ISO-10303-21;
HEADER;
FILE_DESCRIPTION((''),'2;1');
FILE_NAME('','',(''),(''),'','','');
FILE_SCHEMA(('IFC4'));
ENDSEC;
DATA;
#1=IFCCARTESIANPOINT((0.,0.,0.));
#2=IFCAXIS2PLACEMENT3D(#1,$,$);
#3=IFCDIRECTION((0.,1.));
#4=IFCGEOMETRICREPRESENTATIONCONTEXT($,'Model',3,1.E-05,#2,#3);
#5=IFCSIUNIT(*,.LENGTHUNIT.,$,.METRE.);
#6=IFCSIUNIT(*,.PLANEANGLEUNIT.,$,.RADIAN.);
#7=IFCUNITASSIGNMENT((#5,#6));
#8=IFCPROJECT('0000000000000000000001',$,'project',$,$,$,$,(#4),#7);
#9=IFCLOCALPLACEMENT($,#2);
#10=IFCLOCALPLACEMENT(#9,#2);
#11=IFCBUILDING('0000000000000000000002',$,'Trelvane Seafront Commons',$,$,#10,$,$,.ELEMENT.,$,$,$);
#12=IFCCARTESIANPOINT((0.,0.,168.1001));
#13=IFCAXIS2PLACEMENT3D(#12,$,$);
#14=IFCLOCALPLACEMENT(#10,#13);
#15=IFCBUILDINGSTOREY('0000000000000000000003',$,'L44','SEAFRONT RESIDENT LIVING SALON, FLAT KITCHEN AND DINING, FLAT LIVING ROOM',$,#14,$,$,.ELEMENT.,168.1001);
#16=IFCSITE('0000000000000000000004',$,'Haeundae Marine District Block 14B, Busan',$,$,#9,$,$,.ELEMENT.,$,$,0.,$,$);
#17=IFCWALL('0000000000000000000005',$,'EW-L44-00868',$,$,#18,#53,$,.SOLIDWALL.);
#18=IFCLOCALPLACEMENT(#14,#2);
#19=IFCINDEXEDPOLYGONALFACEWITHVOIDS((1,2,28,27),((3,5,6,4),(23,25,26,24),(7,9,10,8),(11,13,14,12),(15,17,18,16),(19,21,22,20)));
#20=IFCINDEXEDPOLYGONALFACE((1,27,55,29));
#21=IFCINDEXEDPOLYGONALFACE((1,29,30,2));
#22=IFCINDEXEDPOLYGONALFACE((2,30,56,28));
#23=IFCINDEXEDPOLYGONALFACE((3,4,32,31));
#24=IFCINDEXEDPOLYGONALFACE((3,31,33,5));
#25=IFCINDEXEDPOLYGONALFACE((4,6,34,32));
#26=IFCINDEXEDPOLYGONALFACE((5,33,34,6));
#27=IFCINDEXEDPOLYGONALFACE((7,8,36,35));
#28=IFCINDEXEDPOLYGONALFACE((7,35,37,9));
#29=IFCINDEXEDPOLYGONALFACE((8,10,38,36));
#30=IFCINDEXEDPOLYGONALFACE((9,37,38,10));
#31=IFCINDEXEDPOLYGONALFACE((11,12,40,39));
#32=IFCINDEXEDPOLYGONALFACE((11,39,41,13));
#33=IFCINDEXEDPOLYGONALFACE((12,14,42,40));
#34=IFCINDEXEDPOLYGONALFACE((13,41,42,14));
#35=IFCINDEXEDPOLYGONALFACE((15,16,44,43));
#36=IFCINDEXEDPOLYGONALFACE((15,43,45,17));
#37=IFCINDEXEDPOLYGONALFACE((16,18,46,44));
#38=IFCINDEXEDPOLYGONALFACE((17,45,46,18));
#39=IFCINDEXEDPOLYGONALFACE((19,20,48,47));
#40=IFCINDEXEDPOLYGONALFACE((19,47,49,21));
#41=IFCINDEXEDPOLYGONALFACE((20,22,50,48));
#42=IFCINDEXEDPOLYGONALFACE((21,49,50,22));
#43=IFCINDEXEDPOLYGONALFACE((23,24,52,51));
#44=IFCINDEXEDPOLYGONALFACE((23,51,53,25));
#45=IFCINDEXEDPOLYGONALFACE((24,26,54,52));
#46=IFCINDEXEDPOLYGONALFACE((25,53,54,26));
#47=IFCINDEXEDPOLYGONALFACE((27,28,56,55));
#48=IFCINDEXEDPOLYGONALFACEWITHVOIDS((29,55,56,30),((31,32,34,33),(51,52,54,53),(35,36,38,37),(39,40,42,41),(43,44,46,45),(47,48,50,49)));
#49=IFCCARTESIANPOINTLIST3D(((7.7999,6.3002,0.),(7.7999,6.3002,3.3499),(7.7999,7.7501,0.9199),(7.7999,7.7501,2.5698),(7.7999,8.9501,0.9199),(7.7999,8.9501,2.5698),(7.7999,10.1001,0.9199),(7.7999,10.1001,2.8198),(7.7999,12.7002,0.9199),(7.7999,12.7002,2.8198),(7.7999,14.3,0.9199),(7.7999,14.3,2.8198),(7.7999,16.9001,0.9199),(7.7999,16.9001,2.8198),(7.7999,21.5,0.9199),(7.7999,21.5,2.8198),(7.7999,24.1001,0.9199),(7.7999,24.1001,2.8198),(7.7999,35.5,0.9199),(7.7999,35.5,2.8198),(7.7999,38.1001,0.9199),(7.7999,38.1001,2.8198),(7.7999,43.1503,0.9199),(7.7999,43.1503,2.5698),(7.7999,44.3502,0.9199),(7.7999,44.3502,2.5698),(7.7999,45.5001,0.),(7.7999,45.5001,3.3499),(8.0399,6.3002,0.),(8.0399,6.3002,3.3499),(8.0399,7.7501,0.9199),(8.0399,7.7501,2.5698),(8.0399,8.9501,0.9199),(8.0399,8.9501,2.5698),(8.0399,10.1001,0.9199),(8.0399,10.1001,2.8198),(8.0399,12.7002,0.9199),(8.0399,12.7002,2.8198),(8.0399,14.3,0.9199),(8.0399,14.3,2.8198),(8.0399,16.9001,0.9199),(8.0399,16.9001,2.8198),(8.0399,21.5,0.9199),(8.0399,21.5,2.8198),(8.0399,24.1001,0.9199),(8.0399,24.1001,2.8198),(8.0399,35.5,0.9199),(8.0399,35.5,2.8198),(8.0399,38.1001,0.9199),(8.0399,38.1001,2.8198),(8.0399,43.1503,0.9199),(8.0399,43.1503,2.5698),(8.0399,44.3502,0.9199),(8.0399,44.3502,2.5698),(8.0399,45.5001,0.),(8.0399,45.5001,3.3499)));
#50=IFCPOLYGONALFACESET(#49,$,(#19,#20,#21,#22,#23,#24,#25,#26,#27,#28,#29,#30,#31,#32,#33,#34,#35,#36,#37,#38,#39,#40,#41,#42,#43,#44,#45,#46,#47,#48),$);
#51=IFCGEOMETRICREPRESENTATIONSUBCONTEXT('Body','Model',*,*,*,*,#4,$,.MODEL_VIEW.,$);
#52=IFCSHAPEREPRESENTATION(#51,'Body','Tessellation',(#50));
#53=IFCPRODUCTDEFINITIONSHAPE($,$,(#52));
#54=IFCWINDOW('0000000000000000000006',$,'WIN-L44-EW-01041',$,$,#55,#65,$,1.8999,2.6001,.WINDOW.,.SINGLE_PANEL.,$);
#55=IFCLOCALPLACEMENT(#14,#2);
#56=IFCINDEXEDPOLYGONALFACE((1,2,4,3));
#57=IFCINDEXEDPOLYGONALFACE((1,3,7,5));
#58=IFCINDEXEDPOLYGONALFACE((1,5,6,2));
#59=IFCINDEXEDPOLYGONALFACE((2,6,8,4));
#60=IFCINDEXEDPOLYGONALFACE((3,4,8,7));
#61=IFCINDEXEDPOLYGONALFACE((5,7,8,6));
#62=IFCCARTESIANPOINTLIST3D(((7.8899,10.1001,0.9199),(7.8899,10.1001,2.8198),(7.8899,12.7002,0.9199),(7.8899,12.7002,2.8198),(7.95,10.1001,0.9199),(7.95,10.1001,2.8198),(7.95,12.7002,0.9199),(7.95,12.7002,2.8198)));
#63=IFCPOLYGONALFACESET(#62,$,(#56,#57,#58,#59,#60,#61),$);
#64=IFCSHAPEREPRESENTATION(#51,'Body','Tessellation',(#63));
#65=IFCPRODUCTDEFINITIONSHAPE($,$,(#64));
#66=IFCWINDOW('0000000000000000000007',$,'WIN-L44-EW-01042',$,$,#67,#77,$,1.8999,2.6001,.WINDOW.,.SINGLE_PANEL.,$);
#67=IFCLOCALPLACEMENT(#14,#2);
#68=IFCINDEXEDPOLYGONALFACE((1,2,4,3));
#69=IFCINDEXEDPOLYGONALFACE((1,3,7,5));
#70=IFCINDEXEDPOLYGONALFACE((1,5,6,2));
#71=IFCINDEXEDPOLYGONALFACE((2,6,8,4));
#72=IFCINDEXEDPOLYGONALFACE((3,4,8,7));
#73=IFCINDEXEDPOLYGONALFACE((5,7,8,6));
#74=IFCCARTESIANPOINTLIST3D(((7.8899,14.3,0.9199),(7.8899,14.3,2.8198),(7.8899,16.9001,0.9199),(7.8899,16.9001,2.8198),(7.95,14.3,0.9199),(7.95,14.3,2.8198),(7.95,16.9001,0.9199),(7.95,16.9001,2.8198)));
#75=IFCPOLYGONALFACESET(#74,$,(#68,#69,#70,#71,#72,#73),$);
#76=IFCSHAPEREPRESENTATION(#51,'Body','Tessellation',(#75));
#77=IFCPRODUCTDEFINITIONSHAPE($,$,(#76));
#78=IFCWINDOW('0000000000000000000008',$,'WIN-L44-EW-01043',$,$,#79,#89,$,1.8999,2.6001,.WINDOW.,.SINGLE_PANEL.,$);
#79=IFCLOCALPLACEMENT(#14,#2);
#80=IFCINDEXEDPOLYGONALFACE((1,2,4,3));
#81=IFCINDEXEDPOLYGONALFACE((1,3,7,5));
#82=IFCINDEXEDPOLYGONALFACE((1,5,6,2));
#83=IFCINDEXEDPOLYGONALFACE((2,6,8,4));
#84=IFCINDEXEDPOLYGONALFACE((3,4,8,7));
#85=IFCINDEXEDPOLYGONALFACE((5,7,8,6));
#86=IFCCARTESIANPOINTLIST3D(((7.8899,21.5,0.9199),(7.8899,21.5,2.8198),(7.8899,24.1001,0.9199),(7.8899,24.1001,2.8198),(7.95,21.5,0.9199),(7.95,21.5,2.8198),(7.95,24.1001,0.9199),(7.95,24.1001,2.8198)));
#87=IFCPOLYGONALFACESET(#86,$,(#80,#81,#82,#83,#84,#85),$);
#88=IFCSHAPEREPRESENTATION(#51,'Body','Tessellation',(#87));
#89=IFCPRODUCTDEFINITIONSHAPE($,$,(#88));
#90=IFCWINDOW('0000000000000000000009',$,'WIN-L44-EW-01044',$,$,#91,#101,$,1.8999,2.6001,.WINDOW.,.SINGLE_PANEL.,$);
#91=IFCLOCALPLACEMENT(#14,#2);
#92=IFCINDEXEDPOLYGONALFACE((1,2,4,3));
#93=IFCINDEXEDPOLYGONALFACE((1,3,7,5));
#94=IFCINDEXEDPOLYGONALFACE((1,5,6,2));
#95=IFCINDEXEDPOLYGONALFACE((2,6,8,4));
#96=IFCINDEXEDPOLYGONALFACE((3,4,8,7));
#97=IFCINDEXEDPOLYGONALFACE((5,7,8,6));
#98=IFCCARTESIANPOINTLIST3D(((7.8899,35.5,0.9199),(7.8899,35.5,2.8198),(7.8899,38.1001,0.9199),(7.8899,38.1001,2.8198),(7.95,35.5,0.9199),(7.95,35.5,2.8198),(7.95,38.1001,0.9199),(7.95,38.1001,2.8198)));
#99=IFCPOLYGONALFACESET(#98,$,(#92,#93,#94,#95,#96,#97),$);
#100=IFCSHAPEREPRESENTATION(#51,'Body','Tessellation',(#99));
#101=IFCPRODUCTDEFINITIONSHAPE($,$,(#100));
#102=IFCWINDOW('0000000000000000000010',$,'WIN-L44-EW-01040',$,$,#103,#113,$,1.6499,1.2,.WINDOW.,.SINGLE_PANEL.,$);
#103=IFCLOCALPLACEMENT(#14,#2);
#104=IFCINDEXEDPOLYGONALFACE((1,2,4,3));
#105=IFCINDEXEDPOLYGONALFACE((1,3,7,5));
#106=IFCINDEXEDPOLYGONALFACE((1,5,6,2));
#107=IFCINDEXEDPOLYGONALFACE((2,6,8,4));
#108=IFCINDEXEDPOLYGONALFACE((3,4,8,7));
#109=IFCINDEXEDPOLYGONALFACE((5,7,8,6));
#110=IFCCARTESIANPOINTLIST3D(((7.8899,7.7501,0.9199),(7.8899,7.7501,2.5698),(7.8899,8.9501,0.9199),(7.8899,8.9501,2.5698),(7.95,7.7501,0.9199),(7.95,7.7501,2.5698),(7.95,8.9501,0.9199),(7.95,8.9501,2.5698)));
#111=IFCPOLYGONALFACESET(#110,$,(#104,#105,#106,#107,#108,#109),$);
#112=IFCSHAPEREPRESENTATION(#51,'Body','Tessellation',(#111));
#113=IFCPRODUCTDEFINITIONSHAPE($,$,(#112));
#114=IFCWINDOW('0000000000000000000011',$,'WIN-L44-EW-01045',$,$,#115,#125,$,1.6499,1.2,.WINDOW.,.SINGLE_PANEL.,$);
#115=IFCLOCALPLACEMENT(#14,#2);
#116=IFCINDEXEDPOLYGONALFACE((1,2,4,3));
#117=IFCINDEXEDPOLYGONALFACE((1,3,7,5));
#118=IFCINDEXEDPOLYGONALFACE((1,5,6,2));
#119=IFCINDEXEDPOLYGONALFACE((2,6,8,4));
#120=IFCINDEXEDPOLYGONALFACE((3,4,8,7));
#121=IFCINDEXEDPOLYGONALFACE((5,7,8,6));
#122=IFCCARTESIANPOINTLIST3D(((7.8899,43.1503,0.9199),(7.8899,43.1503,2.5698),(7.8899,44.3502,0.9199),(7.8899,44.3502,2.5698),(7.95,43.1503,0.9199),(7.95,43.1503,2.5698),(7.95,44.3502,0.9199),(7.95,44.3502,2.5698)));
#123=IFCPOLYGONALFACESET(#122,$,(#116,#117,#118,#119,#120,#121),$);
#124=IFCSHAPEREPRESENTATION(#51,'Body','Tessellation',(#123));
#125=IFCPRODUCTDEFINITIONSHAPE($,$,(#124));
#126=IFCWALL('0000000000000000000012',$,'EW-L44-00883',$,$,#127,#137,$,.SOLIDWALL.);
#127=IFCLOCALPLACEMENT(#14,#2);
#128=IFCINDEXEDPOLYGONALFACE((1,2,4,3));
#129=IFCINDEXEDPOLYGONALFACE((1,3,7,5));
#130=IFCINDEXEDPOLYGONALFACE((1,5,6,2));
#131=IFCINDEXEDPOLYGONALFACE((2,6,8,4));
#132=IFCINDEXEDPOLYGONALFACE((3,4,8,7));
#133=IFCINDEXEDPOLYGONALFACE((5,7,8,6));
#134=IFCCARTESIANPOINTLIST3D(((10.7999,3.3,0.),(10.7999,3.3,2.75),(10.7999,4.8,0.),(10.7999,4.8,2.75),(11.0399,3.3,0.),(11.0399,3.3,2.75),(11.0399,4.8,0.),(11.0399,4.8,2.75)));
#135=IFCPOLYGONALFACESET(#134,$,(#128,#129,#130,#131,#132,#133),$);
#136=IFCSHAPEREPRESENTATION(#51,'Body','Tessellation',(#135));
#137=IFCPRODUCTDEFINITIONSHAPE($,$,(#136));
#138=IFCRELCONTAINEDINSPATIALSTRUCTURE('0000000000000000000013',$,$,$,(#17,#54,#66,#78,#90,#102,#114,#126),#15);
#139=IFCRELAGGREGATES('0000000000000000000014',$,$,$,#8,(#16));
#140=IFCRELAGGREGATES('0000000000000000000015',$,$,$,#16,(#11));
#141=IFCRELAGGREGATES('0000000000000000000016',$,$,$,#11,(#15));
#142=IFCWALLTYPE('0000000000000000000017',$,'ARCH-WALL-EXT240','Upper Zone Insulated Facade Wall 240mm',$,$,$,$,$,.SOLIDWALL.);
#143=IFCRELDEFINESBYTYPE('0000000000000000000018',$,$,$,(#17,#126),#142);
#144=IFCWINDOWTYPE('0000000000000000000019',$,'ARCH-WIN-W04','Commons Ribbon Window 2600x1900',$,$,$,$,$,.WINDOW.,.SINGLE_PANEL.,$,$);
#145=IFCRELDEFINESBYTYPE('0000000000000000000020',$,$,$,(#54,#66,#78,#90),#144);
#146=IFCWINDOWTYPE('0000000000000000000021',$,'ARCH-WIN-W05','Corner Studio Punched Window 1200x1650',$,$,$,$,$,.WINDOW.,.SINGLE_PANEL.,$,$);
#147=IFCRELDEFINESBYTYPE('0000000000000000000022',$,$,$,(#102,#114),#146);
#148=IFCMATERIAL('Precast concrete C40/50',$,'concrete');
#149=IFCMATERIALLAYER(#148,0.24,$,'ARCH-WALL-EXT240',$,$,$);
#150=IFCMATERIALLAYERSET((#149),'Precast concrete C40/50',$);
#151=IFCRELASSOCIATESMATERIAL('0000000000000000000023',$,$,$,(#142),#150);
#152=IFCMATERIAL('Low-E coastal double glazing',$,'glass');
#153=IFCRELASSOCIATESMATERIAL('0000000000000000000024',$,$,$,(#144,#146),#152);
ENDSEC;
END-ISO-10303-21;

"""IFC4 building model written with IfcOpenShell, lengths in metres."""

from ifc_helpers import new_model, si_unit, direction, frame, frame_2d, origin, place, context, subcontext, project, spatial, rectangle, extrude, source, transform, mapped, material, layer, layer_set, type_object, element, fill, save


model = new_model("IFC4")

# Units and contexts
model_context = context("Model", 3, precision=1e-05, world=origin(), true_north=direction((0.0, 1.0)))
body_context = subcontext(model_context, "Body", "Model", "MODEL_VIEW")
ifc_project = project(units=[si_unit("LENGTHUNIT", "METRE"), si_unit("PLANEANGLEUNIT", "RADIAN")], contexts=[model_context])

# Site, building, storey
site_placement = place(None, origin())
site = spatial("IfcSite", under=ifc_project, at=site_placement, Name="Haeundae Marine District Block 14B, Busan", CompositionType="ELEMENT", RefElevation=0.0)
building_placement = place(site_placement, origin())
building = spatial("IfcBuilding", under=site, at=building_placement, Name="Trelvane Seafront Commons", CompositionType="ELEMENT")
storey_placement = place(building_placement, frame((0.0, 0.0, 168.1001)))
storey = spatial("IfcBuildingStorey", under=building, at=storey_placement, Name="L44", Description="SEAFRONT RESIDENT LIVING SALON, FLAT KITCHEN AND DINING, FLAT LIVING ROOM", CompositionType="ELEMENT", Elevation=168.1001)

# Shared definitions
ifc_material_1 = material(Name="Precast concrete C40/50", Category="concrete")
ifc_layer_1 = layer(ifc_material_1, 0.24, Name="ARCH-WALL-EXT240")
ifc_layer_set_1 = layer_set([ifc_layer_1], Name="Precast concrete C40/50")
wall_type_1 = type_object("IfcWallType", Name="ARCH-WALL-EXT240", Description="Upper Zone Insulated Facade Wall 240mm", PredefinedType="SOLIDWALL", material=ifc_layer_set_1)

# Wall, openings, windows
wall_1_placement = place(storey_placement, frame((7.9199, 6.3, 0.0), z_axis=(0.0, 0.0, 1.0), x_axis=(0.0, 1.0, 0.0)))
wall_1 = element("IfcWall", 1, at=wall_1_placement, inside=storey, type_object=wall_type_1, Name="EW-L44-00868", PredefinedType="SOLIDWALL", context=body_context, shape_type="SweptSolid", body=[
    extrude(rectangle(XDim=39.2, YDim=0.24, at=frame_2d((19.6001, 0.0))), origin(), (0.0, 0.0, 1.0), 3.3499),
])
opening_1_placement = place(wall_1_placement, frame((1.45, 0.0, 0.9199)))
opening_1 = element("IfcOpeningElement", 2, at=opening_1_placement, cuts=wall_1, PredefinedType="OPENING", context=body_context, shape_type="SweptSolid", body=[
    extrude(rectangle(XDim=1.2, YDim=1.6499, at=frame_2d((0.6001, 0.825))), frame((0.0, 0.1299, 0.0), z_axis=(0.0, -1.0, 0.0), x_axis=(1.0, 0.0, 0.0)), (0.0, 0.0, 1.0), 0.26),
])
opening_2_placement = place(wall_1_placement, frame((3.8, 0.0, 0.9199)))
opening_2 = element("IfcOpeningElement", 3, at=opening_2_placement, cuts=wall_1, PredefinedType="OPENING", context=body_context, shape_type="SweptSolid", body=[
    extrude(rectangle(XDim=2.6001, YDim=1.8999, at=frame_2d((1.3, 0.95))), frame((0.0, 0.1299, 0.0), z_axis=(0.0, -1.0, 0.0), x_axis=(1.0, 0.0, 0.0)), (0.0, 0.0, 1.0), 0.26),
])
opening_3_placement = place(wall_1_placement, frame((8.0, 0.0, 0.9199)))
opening_3 = element("IfcOpeningElement", 4, at=opening_3_placement, cuts=wall_1, PredefinedType="OPENING", context=body_context, shape_type="SweptSolid", body=[
    extrude(rectangle(XDim=2.6001, YDim=1.8999, at=frame_2d((1.3, 0.95))), frame((0.0, 0.1299, 0.0), z_axis=(0.0, -1.0, 0.0), x_axis=(1.0, 0.0, 0.0)), (0.0, 0.0, 1.0), 0.26),
])
opening_4_placement = place(wall_1_placement, frame((15.2, 0.0, 0.9199)))
opening_4 = element("IfcOpeningElement", 5, at=opening_4_placement, cuts=wall_1, PredefinedType="OPENING", context=body_context, shape_type="SweptSolid", body=[
    extrude(rectangle(XDim=2.6001, YDim=1.8999, at=frame_2d((1.3, 0.95))), frame((0.0, 0.1299, 0.0), z_axis=(0.0, -1.0, 0.0), x_axis=(1.0, 0.0, 0.0)), (0.0, 0.0, 1.0), 0.26),
])
opening_5_placement = place(wall_1_placement, frame((29.2, 0.0, 0.9199)))
opening_5 = element("IfcOpeningElement", 6, at=opening_5_placement, cuts=wall_1, PredefinedType="OPENING", context=body_context, shape_type="SweptSolid", body=[
    extrude(rectangle(XDim=2.6001, YDim=1.8999, at=frame_2d((1.3, 0.95))), frame((0.0, 0.1299, 0.0), z_axis=(0.0, -1.0, 0.0), x_axis=(1.0, 0.0, 0.0)), (0.0, 0.0, 1.0), 0.26),
])
opening_6_placement = place(wall_1_placement, frame((36.8501, 0.0, 0.9199)))
opening_6 = element("IfcOpeningElement", 7, at=opening_6_placement, cuts=wall_1, PredefinedType="OPENING", context=body_context, shape_type="SweptSolid", body=[
    extrude(rectangle(XDim=1.2, YDim=1.6499, at=frame_2d((0.6001, 0.825))), frame((0.0, 0.1299, 0.0), z_axis=(0.0, -1.0, 0.0), x_axis=(1.0, 0.0, 0.0)), (0.0, 0.0, 1.0), 0.26),
])
ifc_material_2 = material(Name="Low-E coastal double glazing", Category="glass")
window_type_1 = type_object("IfcWindowType", Name="ARCH-WIN-W04", Description="Commons Ribbon Window 2600x1900", PartitioningType="SINGLE_PANEL", PredefinedType="WINDOW", material=ifc_material_2)
shared_shape_1 = source(origin(), body_context, "Body", "SweptSolid", [
    extrude(rectangle(XDim=2.6001, YDim=1.8999, at=frame_2d((1.3, 0.95))), frame((0.0, 0.03, 0.0), z_axis=(0.0, -1.0, 0.0), x_axis=(1.0, 0.0, 0.0)), (0.0, 0.0, 1.0), 0.0601),
])
window_1_placement = place(opening_2_placement, origin())
window_1 = element("IfcWindow", 8, at=window_1_placement, inside=storey, type_object=window_type_1, Name="WIN-L44-EW-01041", OverallHeight=1.8999, OverallWidth=2.6001, PartitioningType="SINGLE_PANEL", PredefinedType="WINDOW", context=body_context, shape_type="MappedRepresentation", body=[
    mapped(shared_shape_1, transform((0.0, 0.0, 0.0), x_axis=(1.0, 0.0, 0.0), y_axis=(0.0, 1.0, 0.0), z_axis=(0.0, 0.0, 1.0), scale=1.0)),
])
fill(opening_2, window_1)
window_2_placement = place(opening_3_placement, origin())
window_2 = element("IfcWindow", 9, at=window_2_placement, inside=storey, type_object=window_type_1, Name="WIN-L44-EW-01042", OverallHeight=1.8999, OverallWidth=2.6001, PartitioningType="SINGLE_PANEL", PredefinedType="WINDOW", context=body_context, shape_type="MappedRepresentation", body=[
    mapped(shared_shape_1, transform((0.0, 0.0, 0.0), x_axis=(1.0, 0.0, 0.0), y_axis=(0.0, 1.0, 0.0), z_axis=(0.0, 0.0, 1.0), scale=1.0)),
])
fill(opening_3, window_2)
window_3_placement = place(opening_4_placement, origin())
window_3 = element("IfcWindow", 10, at=window_3_placement, inside=storey, type_object=window_type_1, Name="WIN-L44-EW-01043", OverallHeight=1.8999, OverallWidth=2.6001, PartitioningType="SINGLE_PANEL", PredefinedType="WINDOW", context=body_context, shape_type="MappedRepresentation", body=[
    mapped(shared_shape_1, transform((0.0, 0.0, 0.0), x_axis=(1.0, 0.0, 0.0), y_axis=(0.0, 1.0, 0.0), z_axis=(0.0, 0.0, 1.0), scale=1.0)),
])
fill(opening_4, window_3)
window_4_placement = place(opening_5_placement, origin())
window_4 = element("IfcWindow", 11, at=window_4_placement, inside=storey, type_object=window_type_1, Name="WIN-L44-EW-01044", OverallHeight=1.8999, OverallWidth=2.6001, PartitioningType="SINGLE_PANEL", PredefinedType="WINDOW", context=body_context, shape_type="MappedRepresentation", body=[
    mapped(shared_shape_1, transform((0.0, 0.0, 0.0), x_axis=(1.0, 0.0, 0.0), y_axis=(0.0, 1.0, 0.0), z_axis=(0.0, 0.0, 1.0), scale=1.0)),
])
fill(opening_5, window_4)
window_type_2 = type_object("IfcWindowType", Name="ARCH-WIN-W05", Description="Corner Studio Punched Window 1200x1650", PartitioningType="SINGLE_PANEL", PredefinedType="WINDOW", material=ifc_material_2)
shared_shape_2 = source(origin(), body_context, "Body", "SweptSolid", [
    extrude(rectangle(XDim=1.2, YDim=1.6499, at=frame_2d((0.6001, 0.825))), frame((0.0, 0.03, 0.0), z_axis=(0.0, -1.0, 0.0), x_axis=(1.0, 0.0, 0.0)), (0.0, 0.0, 1.0), 0.0601),
])
window_5_placement = place(opening_1_placement, origin())
window_5 = element("IfcWindow", 12, at=window_5_placement, inside=storey, type_object=window_type_2, Name="WIN-L44-EW-01040", OverallHeight=1.6499, OverallWidth=1.2, PartitioningType="SINGLE_PANEL", PredefinedType="WINDOW", context=body_context, shape_type="MappedRepresentation", body=[
    mapped(shared_shape_2, transform((0.0, 0.0, 0.0), x_axis=(1.0, 0.0, 0.0), y_axis=(0.0, 1.0, 0.0), z_axis=(0.0, 0.0, 1.0), scale=1.0)),
])
fill(opening_1, window_5)
window_6_placement = place(opening_6_placement, origin())
window_6 = element("IfcWindow", 13, at=window_6_placement, inside=storey, type_object=window_type_2, Name="WIN-L44-EW-01045", OverallHeight=1.6499, OverallWidth=1.2, PartitioningType="SINGLE_PANEL", PredefinedType="WINDOW", context=body_context, shape_type="MappedRepresentation", body=[
    mapped(shared_shape_2, transform((0.0, 0.0, 0.0), x_axis=(1.0, 0.0, 0.0), y_axis=(0.0, 1.0, 0.0), z_axis=(0.0, 0.0, 1.0), scale=1.0)),
])
fill(opening_6, window_6)

# Wall
wall_2_placement = place(storey_placement, frame((10.9199, 3.3, 0.0), z_axis=(0.0, 0.0, 1.0), x_axis=(0.0, 1.0, 0.0)))
element("IfcWall", 14, at=wall_2_placement, inside=storey, type_object=wall_type_1, Name="EW-L44-00883", PredefinedType="SOLIDWALL", context=body_context, shape_type="SweptSolid", body=[
    extrude(rectangle(XDim=1.5, YDim=0.24, at=frame_2d((0.75, 0.0))), origin(), (0.0, 0.0, 1.0), 2.75),
])

save(model, "model.ifc")
